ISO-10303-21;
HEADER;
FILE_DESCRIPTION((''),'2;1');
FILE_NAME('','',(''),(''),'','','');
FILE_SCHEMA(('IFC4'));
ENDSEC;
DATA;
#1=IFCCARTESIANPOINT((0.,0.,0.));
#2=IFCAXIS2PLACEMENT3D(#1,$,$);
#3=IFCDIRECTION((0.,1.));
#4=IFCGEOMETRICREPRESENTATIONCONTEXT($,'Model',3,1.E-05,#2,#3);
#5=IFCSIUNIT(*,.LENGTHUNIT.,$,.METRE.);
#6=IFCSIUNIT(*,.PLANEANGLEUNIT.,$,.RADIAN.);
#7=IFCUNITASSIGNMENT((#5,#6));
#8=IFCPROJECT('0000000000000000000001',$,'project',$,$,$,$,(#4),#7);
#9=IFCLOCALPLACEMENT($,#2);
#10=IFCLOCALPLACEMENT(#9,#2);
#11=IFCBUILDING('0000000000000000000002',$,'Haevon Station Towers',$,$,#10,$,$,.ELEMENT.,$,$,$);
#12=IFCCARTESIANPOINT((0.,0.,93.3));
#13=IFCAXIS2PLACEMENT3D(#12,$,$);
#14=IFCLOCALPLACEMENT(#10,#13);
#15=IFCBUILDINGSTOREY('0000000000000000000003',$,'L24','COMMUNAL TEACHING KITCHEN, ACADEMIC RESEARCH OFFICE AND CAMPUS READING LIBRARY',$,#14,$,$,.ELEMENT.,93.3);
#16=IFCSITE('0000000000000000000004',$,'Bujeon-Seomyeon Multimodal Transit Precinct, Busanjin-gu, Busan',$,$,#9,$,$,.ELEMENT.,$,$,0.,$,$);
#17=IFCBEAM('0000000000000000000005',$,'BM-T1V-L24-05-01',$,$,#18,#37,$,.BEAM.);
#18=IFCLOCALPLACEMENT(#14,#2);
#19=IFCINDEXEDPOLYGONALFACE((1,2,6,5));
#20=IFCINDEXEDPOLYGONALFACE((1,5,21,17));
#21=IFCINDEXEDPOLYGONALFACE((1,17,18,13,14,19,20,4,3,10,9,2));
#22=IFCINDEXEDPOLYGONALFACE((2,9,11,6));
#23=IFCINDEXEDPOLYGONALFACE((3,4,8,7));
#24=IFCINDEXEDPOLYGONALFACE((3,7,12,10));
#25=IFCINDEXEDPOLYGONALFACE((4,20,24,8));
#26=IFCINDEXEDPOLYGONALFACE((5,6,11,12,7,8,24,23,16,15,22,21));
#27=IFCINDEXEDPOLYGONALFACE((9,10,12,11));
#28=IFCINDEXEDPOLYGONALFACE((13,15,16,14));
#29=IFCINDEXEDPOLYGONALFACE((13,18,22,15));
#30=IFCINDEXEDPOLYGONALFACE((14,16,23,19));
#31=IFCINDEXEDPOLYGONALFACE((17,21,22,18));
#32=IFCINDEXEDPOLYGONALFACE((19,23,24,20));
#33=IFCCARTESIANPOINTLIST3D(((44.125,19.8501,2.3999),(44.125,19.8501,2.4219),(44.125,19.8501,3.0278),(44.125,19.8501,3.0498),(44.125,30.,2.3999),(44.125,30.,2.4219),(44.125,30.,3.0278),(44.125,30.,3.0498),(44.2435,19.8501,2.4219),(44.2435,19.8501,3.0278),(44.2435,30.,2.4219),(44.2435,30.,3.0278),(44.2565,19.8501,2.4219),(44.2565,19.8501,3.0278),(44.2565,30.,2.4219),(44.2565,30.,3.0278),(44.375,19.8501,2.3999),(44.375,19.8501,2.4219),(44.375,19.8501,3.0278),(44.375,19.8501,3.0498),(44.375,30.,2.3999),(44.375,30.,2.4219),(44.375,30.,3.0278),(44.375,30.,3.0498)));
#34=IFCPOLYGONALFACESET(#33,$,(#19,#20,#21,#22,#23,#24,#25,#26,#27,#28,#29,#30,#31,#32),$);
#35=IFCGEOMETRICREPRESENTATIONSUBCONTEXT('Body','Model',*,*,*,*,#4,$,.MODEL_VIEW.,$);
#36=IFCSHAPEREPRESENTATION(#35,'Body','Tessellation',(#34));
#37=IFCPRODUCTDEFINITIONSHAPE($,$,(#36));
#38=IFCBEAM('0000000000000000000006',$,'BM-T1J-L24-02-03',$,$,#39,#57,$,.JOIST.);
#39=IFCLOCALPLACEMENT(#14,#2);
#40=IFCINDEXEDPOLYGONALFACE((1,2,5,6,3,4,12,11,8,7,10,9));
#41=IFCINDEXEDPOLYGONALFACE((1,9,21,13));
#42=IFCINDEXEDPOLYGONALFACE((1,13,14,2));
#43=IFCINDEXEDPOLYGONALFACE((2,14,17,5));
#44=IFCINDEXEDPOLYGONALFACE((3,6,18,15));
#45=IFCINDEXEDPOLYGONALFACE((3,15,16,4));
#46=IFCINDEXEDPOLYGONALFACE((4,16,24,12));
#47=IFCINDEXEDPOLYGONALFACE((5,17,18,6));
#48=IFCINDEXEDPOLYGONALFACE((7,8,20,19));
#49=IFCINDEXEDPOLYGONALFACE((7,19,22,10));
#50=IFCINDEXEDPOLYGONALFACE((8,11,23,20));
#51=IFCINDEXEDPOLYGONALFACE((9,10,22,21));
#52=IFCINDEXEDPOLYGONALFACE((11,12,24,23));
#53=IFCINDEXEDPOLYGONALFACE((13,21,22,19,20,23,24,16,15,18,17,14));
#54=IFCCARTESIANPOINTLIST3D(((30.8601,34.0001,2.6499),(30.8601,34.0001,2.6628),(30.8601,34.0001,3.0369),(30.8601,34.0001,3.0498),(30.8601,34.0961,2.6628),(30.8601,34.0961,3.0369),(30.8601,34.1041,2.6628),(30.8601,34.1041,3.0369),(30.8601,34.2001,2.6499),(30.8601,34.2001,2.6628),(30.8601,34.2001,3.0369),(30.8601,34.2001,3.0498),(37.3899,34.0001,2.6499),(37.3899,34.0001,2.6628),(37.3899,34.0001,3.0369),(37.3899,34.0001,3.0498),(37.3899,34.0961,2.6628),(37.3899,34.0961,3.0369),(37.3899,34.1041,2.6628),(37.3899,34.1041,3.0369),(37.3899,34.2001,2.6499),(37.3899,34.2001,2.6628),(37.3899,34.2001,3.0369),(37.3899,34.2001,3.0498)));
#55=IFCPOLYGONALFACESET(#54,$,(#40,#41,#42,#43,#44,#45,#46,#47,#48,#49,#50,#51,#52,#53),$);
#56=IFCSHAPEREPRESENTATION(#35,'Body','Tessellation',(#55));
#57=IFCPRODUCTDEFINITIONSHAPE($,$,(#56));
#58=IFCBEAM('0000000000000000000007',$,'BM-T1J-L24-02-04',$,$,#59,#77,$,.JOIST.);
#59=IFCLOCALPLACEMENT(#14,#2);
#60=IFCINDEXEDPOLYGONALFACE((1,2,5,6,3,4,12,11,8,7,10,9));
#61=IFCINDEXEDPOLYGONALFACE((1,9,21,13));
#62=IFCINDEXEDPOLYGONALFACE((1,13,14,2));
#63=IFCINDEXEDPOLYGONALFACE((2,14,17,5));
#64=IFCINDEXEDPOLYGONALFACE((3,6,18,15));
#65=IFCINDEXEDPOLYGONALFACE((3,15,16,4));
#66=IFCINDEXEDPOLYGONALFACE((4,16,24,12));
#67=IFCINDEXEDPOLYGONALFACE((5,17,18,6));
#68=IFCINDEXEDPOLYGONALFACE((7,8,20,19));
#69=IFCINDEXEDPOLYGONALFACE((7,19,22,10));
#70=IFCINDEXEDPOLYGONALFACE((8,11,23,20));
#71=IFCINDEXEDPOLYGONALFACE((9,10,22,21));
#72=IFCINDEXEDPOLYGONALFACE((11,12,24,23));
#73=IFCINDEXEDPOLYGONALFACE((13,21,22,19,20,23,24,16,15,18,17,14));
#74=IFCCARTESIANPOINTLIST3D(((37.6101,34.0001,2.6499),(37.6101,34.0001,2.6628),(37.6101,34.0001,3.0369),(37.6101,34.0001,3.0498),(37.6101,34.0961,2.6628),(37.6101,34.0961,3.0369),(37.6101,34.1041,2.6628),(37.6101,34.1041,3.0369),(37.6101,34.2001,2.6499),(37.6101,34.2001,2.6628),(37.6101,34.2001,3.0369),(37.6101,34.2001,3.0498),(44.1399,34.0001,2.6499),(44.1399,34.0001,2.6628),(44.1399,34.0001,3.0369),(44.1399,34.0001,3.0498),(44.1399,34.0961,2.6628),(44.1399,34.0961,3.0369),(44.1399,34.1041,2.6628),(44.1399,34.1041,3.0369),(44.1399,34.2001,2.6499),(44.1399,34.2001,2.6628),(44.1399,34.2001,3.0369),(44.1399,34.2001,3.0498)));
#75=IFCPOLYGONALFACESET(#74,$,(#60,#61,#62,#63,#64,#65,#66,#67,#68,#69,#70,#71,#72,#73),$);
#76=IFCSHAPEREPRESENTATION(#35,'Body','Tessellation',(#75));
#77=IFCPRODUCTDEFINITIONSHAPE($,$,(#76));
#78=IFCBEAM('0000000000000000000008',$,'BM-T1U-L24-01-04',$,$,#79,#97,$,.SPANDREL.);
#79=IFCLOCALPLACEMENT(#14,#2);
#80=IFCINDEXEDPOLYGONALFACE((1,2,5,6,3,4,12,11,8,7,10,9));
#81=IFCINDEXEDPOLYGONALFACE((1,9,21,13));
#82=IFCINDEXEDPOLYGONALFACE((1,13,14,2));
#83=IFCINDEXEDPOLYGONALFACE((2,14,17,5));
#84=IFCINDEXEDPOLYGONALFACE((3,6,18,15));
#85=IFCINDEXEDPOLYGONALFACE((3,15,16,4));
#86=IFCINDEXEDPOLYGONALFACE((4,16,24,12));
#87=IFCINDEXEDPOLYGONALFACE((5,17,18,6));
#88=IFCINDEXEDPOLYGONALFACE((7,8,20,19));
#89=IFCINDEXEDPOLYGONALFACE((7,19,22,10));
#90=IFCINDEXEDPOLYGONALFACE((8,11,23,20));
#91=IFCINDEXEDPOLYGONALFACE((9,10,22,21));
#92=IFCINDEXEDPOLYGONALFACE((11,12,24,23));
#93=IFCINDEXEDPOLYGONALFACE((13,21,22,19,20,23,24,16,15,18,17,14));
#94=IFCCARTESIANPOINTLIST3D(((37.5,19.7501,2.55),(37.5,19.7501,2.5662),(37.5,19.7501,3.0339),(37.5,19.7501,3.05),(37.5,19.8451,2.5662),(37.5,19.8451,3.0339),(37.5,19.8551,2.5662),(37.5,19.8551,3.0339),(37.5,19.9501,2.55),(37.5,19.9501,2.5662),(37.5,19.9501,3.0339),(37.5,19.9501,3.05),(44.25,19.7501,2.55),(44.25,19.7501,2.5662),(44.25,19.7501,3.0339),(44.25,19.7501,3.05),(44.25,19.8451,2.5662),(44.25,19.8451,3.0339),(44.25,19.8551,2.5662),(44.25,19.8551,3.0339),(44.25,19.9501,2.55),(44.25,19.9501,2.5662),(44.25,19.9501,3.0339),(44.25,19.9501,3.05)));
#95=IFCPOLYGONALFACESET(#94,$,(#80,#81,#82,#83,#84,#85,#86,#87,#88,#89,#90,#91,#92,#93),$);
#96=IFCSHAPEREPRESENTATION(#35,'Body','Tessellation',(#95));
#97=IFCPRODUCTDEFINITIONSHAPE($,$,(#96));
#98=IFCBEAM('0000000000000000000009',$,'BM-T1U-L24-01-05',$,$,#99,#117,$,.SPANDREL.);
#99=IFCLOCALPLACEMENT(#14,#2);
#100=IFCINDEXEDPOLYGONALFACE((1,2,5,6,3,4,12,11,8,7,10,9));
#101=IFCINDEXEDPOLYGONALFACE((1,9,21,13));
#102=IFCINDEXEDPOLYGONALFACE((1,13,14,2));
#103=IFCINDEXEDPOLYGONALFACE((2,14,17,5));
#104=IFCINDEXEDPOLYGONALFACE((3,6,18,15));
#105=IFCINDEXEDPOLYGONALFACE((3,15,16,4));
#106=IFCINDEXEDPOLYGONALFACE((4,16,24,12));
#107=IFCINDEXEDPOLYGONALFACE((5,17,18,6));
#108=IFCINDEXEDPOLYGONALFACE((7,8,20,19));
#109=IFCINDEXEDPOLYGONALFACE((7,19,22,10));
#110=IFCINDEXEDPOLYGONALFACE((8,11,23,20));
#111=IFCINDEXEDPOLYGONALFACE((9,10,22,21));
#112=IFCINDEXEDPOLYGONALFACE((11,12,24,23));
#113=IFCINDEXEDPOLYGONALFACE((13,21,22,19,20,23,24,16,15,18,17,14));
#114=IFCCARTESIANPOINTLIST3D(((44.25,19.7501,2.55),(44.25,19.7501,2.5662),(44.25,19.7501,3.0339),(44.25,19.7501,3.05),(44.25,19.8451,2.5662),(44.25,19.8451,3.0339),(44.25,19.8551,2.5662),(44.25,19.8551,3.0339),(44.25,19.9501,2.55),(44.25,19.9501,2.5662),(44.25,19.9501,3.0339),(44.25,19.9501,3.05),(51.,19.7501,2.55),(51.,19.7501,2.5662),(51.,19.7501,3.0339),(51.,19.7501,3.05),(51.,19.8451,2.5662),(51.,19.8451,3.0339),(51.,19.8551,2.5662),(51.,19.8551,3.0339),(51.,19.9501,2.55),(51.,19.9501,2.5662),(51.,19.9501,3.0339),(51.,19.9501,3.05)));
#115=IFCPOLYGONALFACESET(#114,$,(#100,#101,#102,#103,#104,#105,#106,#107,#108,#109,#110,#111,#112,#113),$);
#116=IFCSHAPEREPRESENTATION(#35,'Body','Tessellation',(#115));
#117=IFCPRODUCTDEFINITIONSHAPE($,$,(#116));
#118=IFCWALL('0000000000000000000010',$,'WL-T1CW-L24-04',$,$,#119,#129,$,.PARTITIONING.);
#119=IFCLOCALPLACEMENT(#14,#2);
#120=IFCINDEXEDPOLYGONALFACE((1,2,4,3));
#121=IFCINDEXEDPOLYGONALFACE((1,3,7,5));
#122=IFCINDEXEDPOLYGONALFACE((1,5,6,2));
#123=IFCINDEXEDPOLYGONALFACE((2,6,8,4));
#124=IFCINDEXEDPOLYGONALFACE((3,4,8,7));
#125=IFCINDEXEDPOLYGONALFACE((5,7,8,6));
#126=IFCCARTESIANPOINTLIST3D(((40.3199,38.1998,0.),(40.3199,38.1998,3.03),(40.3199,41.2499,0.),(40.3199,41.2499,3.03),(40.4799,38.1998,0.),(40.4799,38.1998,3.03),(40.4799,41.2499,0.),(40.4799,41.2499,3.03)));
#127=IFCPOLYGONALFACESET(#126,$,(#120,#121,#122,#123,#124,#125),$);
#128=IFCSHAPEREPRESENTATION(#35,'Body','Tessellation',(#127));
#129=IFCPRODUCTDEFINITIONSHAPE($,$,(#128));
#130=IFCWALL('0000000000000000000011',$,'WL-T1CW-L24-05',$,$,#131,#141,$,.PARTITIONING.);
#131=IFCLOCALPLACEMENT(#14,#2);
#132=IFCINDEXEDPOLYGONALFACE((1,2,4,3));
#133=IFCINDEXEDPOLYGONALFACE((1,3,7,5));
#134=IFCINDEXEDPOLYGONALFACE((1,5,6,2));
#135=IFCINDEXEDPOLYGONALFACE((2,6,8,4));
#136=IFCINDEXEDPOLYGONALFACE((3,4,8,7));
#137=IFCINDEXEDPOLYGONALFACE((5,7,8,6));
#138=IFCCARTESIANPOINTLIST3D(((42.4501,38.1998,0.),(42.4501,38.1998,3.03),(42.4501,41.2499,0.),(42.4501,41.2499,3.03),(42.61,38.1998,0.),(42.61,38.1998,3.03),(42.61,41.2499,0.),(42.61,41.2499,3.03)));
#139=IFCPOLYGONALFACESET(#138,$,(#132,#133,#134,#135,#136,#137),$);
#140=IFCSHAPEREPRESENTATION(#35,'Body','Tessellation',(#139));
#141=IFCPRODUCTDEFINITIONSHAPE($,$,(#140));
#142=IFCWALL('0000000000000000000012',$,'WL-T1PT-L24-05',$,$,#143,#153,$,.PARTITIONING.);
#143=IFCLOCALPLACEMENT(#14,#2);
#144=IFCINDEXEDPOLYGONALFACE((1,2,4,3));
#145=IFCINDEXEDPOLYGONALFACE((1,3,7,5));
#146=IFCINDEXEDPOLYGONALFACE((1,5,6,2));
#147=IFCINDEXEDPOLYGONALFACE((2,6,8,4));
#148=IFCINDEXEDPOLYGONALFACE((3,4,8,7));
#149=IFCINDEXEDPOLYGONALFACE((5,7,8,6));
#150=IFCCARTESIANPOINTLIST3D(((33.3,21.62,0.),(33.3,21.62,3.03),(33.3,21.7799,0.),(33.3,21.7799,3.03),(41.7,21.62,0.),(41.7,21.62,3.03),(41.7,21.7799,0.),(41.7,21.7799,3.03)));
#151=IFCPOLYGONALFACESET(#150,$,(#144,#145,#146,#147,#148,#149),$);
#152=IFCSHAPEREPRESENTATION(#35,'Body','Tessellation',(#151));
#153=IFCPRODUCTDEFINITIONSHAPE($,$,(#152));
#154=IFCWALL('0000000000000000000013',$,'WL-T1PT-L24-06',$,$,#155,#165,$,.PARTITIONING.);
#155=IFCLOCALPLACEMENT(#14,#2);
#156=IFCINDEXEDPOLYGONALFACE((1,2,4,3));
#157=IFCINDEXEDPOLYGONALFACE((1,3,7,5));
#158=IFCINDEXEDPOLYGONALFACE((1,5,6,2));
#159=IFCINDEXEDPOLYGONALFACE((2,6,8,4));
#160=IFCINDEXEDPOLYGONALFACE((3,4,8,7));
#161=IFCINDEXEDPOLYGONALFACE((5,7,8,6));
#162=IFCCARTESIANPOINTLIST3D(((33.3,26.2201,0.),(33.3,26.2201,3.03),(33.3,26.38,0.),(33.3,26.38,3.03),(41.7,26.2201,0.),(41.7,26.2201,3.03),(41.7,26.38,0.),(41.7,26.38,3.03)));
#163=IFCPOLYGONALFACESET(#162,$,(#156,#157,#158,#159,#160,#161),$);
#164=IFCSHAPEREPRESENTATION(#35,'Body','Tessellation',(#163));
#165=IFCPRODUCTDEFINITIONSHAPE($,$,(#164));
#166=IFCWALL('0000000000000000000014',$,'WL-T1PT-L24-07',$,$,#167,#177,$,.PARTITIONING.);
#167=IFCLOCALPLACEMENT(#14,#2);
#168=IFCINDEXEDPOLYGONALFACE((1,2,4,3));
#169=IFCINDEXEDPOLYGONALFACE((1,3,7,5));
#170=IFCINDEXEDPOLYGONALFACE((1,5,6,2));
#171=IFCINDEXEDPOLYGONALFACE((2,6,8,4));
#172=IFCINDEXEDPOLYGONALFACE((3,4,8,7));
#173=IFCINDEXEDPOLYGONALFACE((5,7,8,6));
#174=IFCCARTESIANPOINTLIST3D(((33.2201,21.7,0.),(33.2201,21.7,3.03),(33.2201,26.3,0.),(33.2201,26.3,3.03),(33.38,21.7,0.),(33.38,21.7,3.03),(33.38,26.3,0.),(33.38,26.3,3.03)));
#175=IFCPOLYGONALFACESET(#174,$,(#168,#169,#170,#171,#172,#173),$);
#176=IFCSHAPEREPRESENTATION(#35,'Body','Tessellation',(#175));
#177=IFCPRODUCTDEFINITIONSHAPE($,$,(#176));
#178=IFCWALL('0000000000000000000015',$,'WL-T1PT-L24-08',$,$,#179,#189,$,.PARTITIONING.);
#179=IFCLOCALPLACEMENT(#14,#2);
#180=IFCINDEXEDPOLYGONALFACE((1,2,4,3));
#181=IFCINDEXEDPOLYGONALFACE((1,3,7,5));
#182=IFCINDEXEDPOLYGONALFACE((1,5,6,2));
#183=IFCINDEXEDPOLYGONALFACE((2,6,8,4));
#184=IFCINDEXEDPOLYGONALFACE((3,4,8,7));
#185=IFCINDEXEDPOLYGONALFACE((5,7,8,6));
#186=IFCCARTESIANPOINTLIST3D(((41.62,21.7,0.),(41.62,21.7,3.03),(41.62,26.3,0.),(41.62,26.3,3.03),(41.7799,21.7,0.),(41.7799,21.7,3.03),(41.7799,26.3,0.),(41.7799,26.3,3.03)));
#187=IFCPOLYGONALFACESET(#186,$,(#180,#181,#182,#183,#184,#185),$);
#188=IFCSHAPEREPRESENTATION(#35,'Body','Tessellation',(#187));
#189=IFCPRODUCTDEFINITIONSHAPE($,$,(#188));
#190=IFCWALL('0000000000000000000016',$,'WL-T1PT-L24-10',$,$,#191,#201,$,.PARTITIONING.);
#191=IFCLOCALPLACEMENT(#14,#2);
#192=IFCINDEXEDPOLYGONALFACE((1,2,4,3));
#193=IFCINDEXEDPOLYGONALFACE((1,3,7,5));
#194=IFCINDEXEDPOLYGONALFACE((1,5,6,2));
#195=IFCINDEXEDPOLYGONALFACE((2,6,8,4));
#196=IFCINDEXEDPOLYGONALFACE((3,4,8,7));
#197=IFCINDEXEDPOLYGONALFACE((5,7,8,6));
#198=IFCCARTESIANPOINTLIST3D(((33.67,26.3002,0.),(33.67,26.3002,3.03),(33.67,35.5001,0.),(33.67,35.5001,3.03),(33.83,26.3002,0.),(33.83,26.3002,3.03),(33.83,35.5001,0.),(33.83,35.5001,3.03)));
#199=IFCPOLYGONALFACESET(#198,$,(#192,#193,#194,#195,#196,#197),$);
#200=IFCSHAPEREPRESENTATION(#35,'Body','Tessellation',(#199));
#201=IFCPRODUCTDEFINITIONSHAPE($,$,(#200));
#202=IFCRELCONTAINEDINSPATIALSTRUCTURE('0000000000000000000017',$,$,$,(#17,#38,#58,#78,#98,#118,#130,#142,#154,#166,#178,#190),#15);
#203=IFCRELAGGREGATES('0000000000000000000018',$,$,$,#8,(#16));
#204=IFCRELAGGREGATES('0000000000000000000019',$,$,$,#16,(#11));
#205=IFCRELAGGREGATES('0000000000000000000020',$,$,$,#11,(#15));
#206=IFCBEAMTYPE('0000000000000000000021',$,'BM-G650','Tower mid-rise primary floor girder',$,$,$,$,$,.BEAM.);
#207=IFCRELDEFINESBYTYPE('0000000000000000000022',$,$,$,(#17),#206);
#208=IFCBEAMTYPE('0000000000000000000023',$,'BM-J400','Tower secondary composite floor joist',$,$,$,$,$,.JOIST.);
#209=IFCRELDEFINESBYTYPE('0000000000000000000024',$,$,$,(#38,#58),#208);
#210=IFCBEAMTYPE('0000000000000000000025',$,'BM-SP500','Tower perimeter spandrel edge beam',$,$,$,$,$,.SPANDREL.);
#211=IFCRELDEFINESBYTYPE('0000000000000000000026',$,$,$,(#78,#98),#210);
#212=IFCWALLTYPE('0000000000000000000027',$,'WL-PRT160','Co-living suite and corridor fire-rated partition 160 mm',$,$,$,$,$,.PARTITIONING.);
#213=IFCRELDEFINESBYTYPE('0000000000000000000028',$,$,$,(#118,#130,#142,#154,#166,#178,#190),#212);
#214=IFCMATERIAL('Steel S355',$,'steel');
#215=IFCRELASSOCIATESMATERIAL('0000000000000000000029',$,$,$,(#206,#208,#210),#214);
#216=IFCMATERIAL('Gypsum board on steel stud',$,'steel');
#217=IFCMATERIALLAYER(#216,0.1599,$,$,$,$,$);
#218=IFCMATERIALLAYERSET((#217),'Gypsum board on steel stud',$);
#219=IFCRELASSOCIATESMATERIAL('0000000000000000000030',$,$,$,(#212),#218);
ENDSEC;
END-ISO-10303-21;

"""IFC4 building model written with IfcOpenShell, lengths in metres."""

from ifc_helpers import new_model, si_unit, direction, frame, frame_2d, origin, origin_2d, place, context, subcontext, project, spatial, rectangle, i_section, extrude, material, layer, layer_set, material_profile, profile_set, type_object, element, save


model = new_model("IFC4")

# Units and contexts
model_context = context("Model", 3, precision=1e-05, world=origin(), true_north=direction((0.0, 1.0)))
body_context = subcontext(model_context, "Body", "Model", "MODEL_VIEW")
ifc_project = project(units=[si_unit("LENGTHUNIT", "METRE"), si_unit("PLANEANGLEUNIT", "RADIAN")], contexts=[model_context])

# Site, building, storey
site_placement = place(None, origin())
site = spatial("IfcSite", under=ifc_project, at=site_placement, Name="Bujeon-Seomyeon Multimodal Transit Precinct, Busanjin-gu, Busan", CompositionType="ELEMENT", RefElevation=0.0)
building_placement = place(site_placement, origin())
building = spatial("IfcBuilding", under=site, at=building_placement, Name="Haevon Station Towers", CompositionType="ELEMENT")
storey_placement = place(building_placement, frame((0.0, 0.0, 93.3)))
storey = spatial("IfcBuildingStorey", under=building, at=storey_placement, Name="L24", Description="COMMUNAL TEACHING KITCHEN, ACADEMIC RESEARCH OFFICE AND CAMPUS READING LIBRARY", CompositionType="ELEMENT", Elevation=93.3)

# Beams
ifc_material_1 = material(Name="Steel S355", Category="steel")
ifc_material_profile_1 = material_profile(ifc_material_1, i_section(OverallWidth=0.25, OverallDepth=0.6499, WebThickness=0.0129, FlangeThickness=0.022, at=origin_2d()), Name="H-650x250x13x22")
ifc_profile_set_1 = profile_set([ifc_material_profile_1], Name="Steel S355")
beam_type_1 = type_object("IfcBeamType", Name="BM-G650", Description="Tower mid-rise primary floor girder", PredefinedType="BEAM", material=ifc_profile_set_1)
beam_1_placement = place(storey_placement, frame((44.25, 19.8501, 2.7249), z_axis=(0.0, 1.0, 0.0), x_axis=(-1.0, 0.0, 0.0)))
element("IfcBeam", 1, at=beam_1_placement, inside=storey, type_object=beam_type_1, Name="BM-T1V-L24-05-01", PredefinedType="BEAM", context=body_context, shape_type="SweptSolid", body=[
    extrude(i_section(OverallWidth=0.25, OverallDepth=0.6499, WebThickness=0.0129, FlangeThickness=0.022, at=origin_2d()), origin(), (0.0, 0.0, 1.0), 10.1499),
])
ifc_material_profile_2 = material_profile(ifc_material_1, i_section(OverallWidth=0.2, OverallDepth=0.3999, WebThickness=0.0081, FlangeThickness=0.0129, at=origin_2d()), Name="H-400x200x8x13")
ifc_profile_set_2 = profile_set([ifc_material_profile_2], Name="Steel S355")
beam_type_2 = type_object("IfcBeamType", Name="BM-J400", Description="Tower secondary composite floor joist", PredefinedType="JOIST", material=ifc_profile_set_2)
for number, where, z_axis, x_axis, name in (
    (2, (30.8601, 34.1001, 2.8499), (1.0, 0.0, 0.0), (0.0, 1.0, 0.0), "BM-T1J-L24-02-03"),
    (3, (37.6101, 34.1001, 2.8499), (1.0, 0.0, 0.0), (0.0, 1.0, 0.0), "BM-T1J-L24-02-04"),
):
    element("IfcBeam", number, at=place(storey_placement, frame(where, z_axis=z_axis, x_axis=x_axis)), inside=storey, type_object=beam_type_2, Name=name, PredefinedType="JOIST", context=body_context, shape_type="SweptSolid", body=[
        extrude(i_section(OverallWidth=0.2, OverallDepth=0.3999, WebThickness=0.0081, FlangeThickness=0.0129, at=origin_2d()), origin(), (0.0, 0.0, 1.0), 6.5298),
    ])
ifc_material_profile_3 = material_profile(ifc_material_1, i_section(OverallWidth=0.2, OverallDepth=0.5, WebThickness=0.01, FlangeThickness=0.0161, at=origin_2d()), Name="H-500x200x10x16")
ifc_profile_set_3 = profile_set([ifc_material_profile_3], Name="Steel S355")
beam_type_3 = type_object("IfcBeamType", Name="BM-SP500", Description="Tower perimeter spandrel edge beam", PredefinedType="SPANDREL", material=ifc_profile_set_3)
for number, where, z_axis, x_axis, name in (
    (4, (37.5, 19.8501, 2.8), (1.0, 0.0, 0.0), (0.0, 1.0, 0.0), "BM-T1U-L24-01-04"),
    (5, (44.25, 19.8501, 2.8), (1.0, 0.0, 0.0), (0.0, 1.0, 0.0), "BM-T1U-L24-01-05"),
):
    element("IfcBeam", number, at=place(storey_placement, frame(where, z_axis=z_axis, x_axis=x_axis)), inside=storey, type_object=beam_type_3, Name=name, PredefinedType="SPANDREL", context=body_context, shape_type="SweptSolid", body=[
        extrude(i_section(OverallWidth=0.2, OverallDepth=0.5, WebThickness=0.01, FlangeThickness=0.0161, at=origin_2d()), origin(), (0.0, 0.0, 1.0), 6.75),
    ])

# Walls
ifc_material_2 = material(Name="Gypsum board on steel stud", Category="steel")
ifc_layer_1 = layer(ifc_material_2, 0.1599)
ifc_layer_set_1 = layer_set([ifc_layer_1], Name="Gypsum board on steel stud")
wall_type = type_object("IfcWallType", Name="WL-PRT160", Description="Co-living suite and corridor fire-rated partition 160 mm", PredefinedType="PARTITIONING", material=ifc_layer_set_1)
for number, where, z_axis, x_axis, name in (
    (6, (40.3999, 38.2, 0.0), (0.0, 0.0, 1.0), (0.0, 1.0, 0.0), "WL-T1CW-L24-04"),
    (7, (42.53, 38.2, 0.0), (0.0, 0.0, 1.0), (0.0, 1.0, 0.0), "WL-T1CW-L24-05"),
):
    element("IfcWall", number, at=place(storey_placement, frame(where, z_axis=z_axis, x_axis=x_axis)), inside=storey, type_object=wall_type, Name=name, PredefinedType="PARTITIONING", context=body_context, shape_type="SweptSolid", body=[
        extrude(rectangle(XDim=3.05, YDim=0.1599, at=frame_2d((1.5249, 0.0))), origin(), (0.0, 0.0, 1.0), 3.03),
    ])
for number, where, z_axis, x_axis, name in (
    (8, (33.3, 21.7, 0.0), (0.0, 0.0, 1.0), (1.0, 0.0, 0.0), "WL-T1PT-L24-05"),
    (9, (33.3, 26.3, 0.0), (0.0, 0.0, 1.0), (1.0, 0.0, 0.0), "WL-T1PT-L24-06"),
):
    element("IfcWall", number, at=place(storey_placement, frame(where, z_axis=z_axis, x_axis=x_axis)), inside=storey, type_object=wall_type, Name=name, PredefinedType="PARTITIONING", context=body_context, shape_type="SweptSolid", body=[
        extrude(rectangle(XDim=8.3999, YDim=0.1599, at=frame_2d((4.2, 0.0))), origin(), (0.0, 0.0, 1.0), 3.03),
    ])
for number, where, z_axis, x_axis, name in (
    (10, (33.3, 21.7, 0.0), (0.0, 0.0, 1.0), (0.0, 1.0, 0.0), "WL-T1PT-L24-07"),
    (11, (41.7, 21.7, 0.0), (0.0, 0.0, 1.0), (0.0, 1.0, 0.0), "WL-T1PT-L24-08"),
):
    element("IfcWall", number, at=place(storey_placement, frame(where, z_axis=z_axis, x_axis=x_axis)), inside=storey, type_object=wall_type, Name=name, PredefinedType="PARTITIONING", context=body_context, shape_type="SweptSolid", body=[
        extrude(rectangle(XDim=4.6001, YDim=0.1599, at=frame_2d((2.3, 0.0))), origin(), (0.0, 0.0, 1.0), 3.03),
    ])
for number, where, z_axis, x_axis, name in (
    (12, (33.75, 26.3, 0.0), (0.0, 0.0, 1.0), (0.0, 1.0, 0.0), "WL-T1PT-L24-10"),
):
    element("IfcWall", number, at=place(storey_placement, frame(where, z_axis=z_axis, x_axis=x_axis)), inside=storey, type_object=wall_type, Name=name, PredefinedType="PARTITIONING", context=body_context, shape_type="SweptSolid", body=[
        extrude(rectangle(XDim=9.2, YDim=0.1599, at=frame_2d((4.6001, 0.0))), origin(), (0.0, 0.0, 1.0), 3.03),
    ])

save(model, "model.ifc")
